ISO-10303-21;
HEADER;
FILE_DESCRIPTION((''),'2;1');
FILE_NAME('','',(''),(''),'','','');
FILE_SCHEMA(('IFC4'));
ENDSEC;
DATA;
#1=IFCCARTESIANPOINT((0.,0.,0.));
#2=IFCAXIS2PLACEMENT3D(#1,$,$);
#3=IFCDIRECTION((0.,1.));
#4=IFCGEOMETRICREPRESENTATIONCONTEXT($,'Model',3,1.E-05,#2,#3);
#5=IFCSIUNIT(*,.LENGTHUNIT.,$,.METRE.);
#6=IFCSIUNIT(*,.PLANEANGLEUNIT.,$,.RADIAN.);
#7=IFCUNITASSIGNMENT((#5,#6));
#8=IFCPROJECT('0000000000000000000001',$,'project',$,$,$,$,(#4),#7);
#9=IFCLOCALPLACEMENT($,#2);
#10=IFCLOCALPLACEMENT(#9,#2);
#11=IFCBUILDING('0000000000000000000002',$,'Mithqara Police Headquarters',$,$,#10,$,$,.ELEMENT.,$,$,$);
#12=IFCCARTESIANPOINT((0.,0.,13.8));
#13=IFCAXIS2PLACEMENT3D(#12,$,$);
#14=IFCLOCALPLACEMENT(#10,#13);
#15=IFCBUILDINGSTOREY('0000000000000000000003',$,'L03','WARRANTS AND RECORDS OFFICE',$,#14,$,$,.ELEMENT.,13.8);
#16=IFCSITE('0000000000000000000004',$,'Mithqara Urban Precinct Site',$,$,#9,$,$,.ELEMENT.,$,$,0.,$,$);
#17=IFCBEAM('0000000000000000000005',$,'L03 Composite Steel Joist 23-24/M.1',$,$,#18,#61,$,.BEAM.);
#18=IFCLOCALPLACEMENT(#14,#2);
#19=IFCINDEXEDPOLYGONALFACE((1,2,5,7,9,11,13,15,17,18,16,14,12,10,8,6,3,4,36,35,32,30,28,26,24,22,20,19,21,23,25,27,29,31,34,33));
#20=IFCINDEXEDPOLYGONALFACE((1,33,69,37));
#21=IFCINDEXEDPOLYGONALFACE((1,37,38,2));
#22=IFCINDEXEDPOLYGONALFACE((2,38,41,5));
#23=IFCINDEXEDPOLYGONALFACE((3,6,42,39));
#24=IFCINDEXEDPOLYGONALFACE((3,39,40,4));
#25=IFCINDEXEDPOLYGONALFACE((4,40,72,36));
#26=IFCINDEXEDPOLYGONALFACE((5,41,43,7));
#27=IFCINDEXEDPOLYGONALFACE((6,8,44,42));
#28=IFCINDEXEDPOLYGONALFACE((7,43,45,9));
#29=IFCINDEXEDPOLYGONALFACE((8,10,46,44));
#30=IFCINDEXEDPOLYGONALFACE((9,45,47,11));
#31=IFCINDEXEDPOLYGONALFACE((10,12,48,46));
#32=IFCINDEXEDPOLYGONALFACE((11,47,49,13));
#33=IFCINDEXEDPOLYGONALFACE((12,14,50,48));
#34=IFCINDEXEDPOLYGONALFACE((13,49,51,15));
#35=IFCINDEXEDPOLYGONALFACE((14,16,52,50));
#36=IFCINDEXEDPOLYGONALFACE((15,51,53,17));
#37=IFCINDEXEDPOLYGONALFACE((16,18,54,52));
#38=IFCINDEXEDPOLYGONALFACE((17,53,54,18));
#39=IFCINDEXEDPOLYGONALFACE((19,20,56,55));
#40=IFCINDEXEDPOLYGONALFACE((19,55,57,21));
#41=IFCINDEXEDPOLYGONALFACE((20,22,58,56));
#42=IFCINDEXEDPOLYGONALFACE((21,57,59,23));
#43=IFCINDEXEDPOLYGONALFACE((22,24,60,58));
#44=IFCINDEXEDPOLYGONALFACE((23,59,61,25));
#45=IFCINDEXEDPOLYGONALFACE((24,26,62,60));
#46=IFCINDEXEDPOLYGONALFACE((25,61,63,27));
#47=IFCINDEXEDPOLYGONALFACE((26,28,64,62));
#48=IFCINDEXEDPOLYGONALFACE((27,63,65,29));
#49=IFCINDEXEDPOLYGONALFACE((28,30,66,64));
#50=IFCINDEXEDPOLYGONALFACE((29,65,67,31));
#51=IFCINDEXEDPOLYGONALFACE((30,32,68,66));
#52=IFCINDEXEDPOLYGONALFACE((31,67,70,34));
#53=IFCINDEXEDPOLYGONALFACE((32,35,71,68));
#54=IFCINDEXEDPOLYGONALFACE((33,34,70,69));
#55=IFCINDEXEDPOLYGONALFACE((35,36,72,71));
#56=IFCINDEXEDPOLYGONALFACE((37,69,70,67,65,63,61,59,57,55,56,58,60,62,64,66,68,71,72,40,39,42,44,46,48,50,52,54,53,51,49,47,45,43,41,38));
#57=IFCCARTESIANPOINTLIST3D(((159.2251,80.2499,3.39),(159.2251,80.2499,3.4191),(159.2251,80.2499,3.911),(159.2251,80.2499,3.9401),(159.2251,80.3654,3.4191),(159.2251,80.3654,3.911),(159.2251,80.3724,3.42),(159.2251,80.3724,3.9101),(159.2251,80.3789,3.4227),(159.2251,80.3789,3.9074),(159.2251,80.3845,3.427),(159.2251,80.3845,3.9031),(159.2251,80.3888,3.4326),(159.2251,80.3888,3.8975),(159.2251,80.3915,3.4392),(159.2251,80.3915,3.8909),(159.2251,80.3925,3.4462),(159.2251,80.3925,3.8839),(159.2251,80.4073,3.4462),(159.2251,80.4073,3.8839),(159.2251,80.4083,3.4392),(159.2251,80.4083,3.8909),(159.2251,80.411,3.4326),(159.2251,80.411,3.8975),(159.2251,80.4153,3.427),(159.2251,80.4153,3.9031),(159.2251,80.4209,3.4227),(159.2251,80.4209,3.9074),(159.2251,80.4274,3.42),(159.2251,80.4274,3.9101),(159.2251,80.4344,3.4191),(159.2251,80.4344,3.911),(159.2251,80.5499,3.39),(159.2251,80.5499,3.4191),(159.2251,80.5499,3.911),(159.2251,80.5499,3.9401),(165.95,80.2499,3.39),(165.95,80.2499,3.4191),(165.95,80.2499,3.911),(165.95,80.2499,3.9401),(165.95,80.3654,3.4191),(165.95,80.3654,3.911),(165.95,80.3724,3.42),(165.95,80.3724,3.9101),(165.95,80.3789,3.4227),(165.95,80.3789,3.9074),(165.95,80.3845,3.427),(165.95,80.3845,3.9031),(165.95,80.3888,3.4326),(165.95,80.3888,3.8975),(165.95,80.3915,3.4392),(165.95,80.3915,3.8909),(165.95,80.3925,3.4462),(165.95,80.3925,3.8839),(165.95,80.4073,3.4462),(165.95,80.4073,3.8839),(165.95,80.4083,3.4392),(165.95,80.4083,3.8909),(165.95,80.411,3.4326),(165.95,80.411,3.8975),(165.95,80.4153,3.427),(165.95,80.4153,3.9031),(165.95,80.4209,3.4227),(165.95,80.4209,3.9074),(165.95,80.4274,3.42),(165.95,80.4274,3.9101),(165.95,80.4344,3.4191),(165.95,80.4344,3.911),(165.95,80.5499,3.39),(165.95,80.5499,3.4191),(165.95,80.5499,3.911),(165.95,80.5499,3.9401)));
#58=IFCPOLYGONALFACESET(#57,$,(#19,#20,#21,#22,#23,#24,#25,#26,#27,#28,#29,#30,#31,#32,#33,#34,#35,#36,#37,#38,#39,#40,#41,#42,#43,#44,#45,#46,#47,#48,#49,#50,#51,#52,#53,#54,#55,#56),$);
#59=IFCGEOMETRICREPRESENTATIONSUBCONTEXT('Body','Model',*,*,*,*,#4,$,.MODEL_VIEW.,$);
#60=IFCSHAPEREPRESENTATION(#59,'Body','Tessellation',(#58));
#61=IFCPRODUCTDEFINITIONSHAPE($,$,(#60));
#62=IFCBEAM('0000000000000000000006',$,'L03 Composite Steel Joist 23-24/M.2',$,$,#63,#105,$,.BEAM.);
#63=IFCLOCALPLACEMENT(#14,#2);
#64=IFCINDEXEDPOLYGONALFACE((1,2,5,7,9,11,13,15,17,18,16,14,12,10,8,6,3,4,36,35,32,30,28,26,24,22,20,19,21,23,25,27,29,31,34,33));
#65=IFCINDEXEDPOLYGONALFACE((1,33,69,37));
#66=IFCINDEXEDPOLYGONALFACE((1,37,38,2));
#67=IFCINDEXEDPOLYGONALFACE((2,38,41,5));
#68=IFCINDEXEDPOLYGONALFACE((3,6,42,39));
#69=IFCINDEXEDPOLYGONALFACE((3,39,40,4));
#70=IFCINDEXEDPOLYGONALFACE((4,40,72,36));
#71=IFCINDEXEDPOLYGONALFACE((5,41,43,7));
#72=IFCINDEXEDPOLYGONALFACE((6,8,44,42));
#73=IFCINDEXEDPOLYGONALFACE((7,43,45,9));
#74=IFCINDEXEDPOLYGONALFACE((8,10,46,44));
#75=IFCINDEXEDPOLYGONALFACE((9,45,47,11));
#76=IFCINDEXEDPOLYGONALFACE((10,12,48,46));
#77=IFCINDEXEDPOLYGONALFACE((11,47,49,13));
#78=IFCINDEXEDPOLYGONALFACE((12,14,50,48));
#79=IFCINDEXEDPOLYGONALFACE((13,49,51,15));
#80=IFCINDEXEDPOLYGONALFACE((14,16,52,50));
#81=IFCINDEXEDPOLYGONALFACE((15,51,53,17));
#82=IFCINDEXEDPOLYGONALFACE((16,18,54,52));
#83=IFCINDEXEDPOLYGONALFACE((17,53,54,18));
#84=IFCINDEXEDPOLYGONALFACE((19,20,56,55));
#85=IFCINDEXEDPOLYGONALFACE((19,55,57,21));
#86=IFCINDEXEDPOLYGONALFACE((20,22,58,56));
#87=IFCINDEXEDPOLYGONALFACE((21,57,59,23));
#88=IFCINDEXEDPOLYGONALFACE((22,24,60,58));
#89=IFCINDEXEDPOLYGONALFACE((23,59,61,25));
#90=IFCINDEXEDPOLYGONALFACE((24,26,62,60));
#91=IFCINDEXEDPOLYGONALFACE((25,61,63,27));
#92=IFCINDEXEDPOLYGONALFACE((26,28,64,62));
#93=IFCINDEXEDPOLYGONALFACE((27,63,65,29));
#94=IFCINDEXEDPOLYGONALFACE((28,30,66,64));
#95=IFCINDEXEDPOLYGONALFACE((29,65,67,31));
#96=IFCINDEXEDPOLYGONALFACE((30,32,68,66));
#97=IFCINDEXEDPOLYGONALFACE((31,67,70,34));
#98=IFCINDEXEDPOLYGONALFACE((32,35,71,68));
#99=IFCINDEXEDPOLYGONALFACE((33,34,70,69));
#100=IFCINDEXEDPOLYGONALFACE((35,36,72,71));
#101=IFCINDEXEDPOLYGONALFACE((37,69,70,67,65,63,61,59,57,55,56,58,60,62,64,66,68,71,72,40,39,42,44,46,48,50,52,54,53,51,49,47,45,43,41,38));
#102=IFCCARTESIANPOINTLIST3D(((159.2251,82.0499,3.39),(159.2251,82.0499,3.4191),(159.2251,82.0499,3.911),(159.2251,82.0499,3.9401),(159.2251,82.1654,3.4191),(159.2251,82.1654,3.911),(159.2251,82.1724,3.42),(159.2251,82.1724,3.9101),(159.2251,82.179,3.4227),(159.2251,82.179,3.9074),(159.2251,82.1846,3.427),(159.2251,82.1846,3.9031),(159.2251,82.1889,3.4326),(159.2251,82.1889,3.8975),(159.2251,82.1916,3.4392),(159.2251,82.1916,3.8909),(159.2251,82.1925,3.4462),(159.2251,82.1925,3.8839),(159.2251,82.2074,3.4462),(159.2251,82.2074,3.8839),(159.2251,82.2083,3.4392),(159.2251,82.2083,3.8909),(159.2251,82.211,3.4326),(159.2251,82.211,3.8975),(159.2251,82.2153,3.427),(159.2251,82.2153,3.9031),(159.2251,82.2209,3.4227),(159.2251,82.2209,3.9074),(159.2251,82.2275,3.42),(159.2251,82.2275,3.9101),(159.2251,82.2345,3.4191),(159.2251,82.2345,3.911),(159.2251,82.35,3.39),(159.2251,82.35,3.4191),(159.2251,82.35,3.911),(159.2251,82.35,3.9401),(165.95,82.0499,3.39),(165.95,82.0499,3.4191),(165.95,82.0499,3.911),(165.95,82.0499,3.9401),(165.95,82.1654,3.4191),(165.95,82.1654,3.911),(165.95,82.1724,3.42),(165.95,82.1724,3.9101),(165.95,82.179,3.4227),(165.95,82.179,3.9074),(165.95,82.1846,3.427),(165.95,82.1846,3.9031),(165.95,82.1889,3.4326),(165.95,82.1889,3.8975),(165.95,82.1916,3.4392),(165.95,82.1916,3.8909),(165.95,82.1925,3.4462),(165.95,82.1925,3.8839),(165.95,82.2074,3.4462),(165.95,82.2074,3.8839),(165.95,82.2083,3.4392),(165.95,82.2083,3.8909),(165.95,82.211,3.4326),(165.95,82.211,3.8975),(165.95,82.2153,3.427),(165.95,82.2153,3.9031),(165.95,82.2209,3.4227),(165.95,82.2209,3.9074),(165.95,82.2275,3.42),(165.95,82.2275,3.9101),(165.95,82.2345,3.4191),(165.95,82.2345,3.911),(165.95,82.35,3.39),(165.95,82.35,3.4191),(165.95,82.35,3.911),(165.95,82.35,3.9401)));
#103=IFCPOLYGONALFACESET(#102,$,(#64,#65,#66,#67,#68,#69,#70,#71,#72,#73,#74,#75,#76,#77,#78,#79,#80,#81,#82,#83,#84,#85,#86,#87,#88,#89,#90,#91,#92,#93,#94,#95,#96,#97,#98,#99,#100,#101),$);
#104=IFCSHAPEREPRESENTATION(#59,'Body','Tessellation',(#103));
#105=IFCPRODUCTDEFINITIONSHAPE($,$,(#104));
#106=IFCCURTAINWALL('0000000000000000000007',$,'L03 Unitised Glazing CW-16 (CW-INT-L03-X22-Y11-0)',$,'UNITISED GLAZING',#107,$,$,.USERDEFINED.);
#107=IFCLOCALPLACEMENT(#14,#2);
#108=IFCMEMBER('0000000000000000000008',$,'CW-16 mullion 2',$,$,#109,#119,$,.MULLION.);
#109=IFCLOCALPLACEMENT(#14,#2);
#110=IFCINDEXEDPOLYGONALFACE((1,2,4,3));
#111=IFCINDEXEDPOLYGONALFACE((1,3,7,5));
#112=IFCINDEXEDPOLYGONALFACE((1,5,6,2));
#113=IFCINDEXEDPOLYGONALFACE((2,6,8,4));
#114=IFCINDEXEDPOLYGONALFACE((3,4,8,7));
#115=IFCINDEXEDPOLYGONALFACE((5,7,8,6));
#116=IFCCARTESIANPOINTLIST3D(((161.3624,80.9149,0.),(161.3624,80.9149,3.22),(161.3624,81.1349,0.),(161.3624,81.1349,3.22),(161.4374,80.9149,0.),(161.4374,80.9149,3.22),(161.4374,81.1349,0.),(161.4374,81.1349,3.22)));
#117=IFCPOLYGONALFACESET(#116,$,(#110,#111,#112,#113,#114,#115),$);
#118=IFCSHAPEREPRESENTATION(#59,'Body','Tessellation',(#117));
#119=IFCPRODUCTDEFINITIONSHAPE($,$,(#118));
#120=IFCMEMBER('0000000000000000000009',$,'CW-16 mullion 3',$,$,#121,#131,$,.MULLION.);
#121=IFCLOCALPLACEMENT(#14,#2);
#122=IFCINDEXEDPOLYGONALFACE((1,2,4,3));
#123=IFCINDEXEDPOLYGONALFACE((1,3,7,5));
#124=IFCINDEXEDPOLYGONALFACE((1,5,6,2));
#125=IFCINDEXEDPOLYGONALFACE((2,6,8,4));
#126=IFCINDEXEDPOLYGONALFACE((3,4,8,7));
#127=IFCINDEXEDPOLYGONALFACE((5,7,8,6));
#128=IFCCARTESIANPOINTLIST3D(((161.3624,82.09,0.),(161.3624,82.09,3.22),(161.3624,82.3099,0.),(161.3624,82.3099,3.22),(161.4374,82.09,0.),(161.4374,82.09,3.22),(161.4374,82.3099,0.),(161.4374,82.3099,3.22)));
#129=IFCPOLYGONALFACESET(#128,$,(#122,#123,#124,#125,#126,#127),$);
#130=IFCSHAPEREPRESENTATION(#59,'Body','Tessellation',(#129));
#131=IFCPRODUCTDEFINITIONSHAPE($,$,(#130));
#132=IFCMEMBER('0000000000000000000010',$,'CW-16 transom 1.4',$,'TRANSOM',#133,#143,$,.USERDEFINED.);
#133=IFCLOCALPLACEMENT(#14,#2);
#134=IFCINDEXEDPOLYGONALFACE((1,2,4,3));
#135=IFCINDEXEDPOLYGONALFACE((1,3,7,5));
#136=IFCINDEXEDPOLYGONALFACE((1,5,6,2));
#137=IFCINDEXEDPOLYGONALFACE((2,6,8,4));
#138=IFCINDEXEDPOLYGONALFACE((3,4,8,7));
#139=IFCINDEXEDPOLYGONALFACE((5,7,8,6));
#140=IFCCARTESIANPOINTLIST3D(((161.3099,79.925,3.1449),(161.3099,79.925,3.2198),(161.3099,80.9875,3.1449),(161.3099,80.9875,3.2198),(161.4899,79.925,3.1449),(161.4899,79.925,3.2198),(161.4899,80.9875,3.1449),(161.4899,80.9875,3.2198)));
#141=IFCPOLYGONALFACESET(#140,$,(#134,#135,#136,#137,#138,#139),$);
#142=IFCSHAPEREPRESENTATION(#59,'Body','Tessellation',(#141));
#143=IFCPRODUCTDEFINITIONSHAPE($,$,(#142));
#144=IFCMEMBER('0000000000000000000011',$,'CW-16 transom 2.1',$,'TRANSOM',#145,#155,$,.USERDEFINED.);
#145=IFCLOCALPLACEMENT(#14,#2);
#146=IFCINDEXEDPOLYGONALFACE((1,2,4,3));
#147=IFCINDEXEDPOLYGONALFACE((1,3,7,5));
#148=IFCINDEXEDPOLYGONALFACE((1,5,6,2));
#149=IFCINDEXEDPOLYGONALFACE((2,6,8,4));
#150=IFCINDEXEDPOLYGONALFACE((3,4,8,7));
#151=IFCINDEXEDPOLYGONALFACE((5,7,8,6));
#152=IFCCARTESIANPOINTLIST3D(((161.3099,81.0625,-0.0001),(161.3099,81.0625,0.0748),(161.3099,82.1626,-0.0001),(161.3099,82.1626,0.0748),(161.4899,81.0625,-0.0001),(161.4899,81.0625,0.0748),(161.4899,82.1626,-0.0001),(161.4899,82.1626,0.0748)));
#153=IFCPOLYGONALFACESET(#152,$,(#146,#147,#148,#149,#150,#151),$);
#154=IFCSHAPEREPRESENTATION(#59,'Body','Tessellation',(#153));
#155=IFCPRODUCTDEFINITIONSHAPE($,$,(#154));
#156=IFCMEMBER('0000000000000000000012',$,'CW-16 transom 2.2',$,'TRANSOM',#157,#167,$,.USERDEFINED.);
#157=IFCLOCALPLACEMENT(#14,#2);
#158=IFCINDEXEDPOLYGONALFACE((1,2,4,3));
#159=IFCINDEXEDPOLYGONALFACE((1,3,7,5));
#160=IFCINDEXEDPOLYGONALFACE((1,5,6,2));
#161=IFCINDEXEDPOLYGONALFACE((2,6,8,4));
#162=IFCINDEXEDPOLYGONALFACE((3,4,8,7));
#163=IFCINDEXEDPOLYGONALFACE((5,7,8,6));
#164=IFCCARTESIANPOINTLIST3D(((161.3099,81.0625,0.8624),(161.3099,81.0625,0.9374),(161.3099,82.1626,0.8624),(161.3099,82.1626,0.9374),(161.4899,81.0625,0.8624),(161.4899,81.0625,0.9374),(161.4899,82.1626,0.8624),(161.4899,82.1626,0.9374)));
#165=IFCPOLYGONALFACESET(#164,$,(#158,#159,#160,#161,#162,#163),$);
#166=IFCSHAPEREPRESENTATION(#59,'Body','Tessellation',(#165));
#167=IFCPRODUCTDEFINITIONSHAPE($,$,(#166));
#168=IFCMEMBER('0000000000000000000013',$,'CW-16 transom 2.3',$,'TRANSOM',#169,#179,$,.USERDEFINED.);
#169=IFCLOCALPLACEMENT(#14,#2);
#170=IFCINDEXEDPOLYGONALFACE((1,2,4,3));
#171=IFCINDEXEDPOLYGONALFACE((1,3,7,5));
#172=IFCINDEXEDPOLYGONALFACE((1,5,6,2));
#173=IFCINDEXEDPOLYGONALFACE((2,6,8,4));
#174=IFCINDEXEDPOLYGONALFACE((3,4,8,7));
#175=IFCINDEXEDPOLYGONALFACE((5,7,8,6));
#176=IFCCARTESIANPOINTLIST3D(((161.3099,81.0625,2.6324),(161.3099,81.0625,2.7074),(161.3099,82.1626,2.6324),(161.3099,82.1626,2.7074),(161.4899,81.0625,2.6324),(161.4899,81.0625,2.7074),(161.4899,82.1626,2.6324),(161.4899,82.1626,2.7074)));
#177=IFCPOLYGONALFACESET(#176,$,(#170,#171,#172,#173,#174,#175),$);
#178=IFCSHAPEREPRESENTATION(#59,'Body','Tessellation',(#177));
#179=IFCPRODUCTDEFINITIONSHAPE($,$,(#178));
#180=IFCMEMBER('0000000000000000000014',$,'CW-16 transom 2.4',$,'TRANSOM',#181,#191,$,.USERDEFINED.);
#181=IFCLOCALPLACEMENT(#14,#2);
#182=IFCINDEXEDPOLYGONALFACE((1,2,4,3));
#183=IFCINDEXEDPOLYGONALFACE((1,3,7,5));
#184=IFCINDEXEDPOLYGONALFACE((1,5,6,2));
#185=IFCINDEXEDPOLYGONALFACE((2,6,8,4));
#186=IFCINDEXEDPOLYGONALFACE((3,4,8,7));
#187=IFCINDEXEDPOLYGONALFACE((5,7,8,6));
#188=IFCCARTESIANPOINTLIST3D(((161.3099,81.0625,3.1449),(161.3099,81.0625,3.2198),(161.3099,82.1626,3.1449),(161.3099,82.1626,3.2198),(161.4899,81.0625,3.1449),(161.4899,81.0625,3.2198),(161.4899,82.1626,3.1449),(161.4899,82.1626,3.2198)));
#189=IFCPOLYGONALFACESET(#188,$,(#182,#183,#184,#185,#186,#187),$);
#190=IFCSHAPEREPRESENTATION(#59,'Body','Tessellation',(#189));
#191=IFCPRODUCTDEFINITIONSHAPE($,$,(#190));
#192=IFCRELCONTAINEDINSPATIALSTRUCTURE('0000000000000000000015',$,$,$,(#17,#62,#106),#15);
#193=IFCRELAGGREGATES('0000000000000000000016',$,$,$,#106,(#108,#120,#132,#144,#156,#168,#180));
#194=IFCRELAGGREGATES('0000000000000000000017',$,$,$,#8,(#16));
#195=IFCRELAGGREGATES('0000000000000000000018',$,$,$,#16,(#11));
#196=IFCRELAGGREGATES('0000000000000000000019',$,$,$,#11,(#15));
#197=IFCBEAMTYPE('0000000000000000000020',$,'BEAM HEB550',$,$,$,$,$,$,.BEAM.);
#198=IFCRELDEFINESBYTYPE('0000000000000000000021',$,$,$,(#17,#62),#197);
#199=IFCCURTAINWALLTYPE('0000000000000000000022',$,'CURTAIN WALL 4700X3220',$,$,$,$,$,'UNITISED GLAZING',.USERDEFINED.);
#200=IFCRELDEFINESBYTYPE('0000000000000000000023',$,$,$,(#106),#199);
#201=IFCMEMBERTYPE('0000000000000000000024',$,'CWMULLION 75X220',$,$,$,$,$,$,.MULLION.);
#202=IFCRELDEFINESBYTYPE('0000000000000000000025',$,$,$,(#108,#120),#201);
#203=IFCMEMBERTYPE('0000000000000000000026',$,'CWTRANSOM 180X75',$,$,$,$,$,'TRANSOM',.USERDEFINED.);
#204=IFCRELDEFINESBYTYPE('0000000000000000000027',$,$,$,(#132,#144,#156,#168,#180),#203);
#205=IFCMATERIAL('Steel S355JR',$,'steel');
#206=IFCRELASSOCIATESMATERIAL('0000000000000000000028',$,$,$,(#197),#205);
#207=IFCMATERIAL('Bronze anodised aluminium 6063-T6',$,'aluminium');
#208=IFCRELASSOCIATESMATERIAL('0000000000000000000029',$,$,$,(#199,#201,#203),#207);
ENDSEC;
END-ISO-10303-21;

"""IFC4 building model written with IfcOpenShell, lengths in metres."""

from ifc_helpers import new_model, si_unit, direction, frame, origin, origin_2d, place, context, subcontext, project, spatial, rectangle, i_section, extrude, material, material_profile, profile_set, type_object, element, aggregate, save


model = new_model("IFC4")

# Units and contexts
model_context = context("Model", 3, precision=1e-05, world=origin(), true_north=direction((0.0, 1.0)))
body_context = subcontext(model_context, "Body", "Model", "MODEL_VIEW")
ifc_project = project(units=[si_unit("LENGTHUNIT", "METRE"), si_unit("PLANEANGLEUNIT", "RADIAN")], contexts=[model_context])

# Site, building, storey
site_placement = place(None, origin())
site = spatial("IfcSite", under=ifc_project, at=site_placement, Name="Mithqara Urban Precinct Site", CompositionType="ELEMENT", RefElevation=0.0)
building_placement = place(site_placement, origin())
building = spatial("IfcBuilding", under=site, at=building_placement, Name="Mithqara Police Headquarters", CompositionType="ELEMENT")
storey_placement = place(building_placement, frame((0.0, 0.0, 13.8)))
storey = spatial("IfcBuildingStorey", under=building, at=storey_placement, Name="L03", Description="WARRANTS AND RECORDS OFFICE", CompositionType="ELEMENT", Elevation=13.8)

# Beams
ifc_material_1 = material(Name="Steel S355JR", Category="steel")
ifc_material_profile_1 = material_profile(ifc_material_1, i_section(OverallWidth=0.3, OverallDepth=0.55, WebThickness=0.0149, FlangeThickness=0.0291, FilletRadius=0.0271, at=origin_2d()), Name="HEB 550")
ifc_profile_set_1 = profile_set([ifc_material_profile_1], Name="Steel S355JR")
beam_type = type_object("IfcBeamType", Name="BEAM HEB550", PredefinedType="BEAM", material=ifc_profile_set_1)
for number, where, z_axis, x_axis, name in (
    (1, (159.2251, 80.3999, 3.665), (1.0, 0.0, 0.0), (0.0, 1.0, 0.0), "L03 Composite Steel Joist 23-24/M.1"),
    (2, (159.2251, 82.2, 3.665), (1.0, 0.0, 0.0), (0.0, 1.0, 0.0), "L03 Composite Steel Joist 23-24/M.2"),
):
    element("IfcBeam", number, at=place(storey_placement, frame(where, z_axis=z_axis, x_axis=x_axis)), inside=storey, type_object=beam_type, Name=name, PredefinedType="BEAM", context=body_context, shape_type="SweptSolid", body=[
        extrude(i_section(OverallWidth=0.3, OverallDepth=0.55, WebThickness=0.0149, FlangeThickness=0.0291, FilletRadius=0.0271, at=origin_2d()), origin(), (0.0, 0.0, 1.0), 6.7249),
    ])

# Curtain wall, members
ifc_material_2 = material(Name="Bronze anodised aluminium 6063-T6", Category="aluminium")
curtain_wall_type = type_object("IfcCurtainWallType", Name="CURTAIN WALL 4700X3220", ElementType="UNITISED GLAZING", PredefinedType="USERDEFINED", material=ifc_material_2)
curtain_wall_placement = place(storey_placement, origin())
curtain_wall = element("IfcCurtainWall", 3, at=curtain_wall_placement, inside=storey, type_object=curtain_wall_type, Name="L03 Unitised Glazing CW-16 (CW-INT-L03-X22-Y11-0)", ObjectType="UNITISED GLAZING", PredefinedType="USERDEFINED")
ifc_material_profile_2 = material_profile(ifc_material_2, rectangle(XDim=0.075, YDim=0.22, at=origin_2d()), Name="CWM 75x220")
ifc_profile_set_2 = profile_set([ifc_material_profile_2], Name="Bronze anodised aluminium 6063-T6")
member_type_1 = type_object("IfcMemberType", Name="CWMULLION 75X220", PredefinedType="MULLION", material=ifc_profile_set_2)
member_1_placement = place(storey_placement, frame((161.3999, 81.0249, 0.0), z_axis=(0.0, 0.0, 1.0), x_axis=(-1.0, 0.0, 0.0)))
member_1 = element("IfcMember", 4, at=member_1_placement, type_object=member_type_1, Name="CW-16 mullion 2", PredefinedType="MULLION", context=body_context, shape_type="SweptSolid", body=[
    extrude(rectangle(XDim=0.075, YDim=0.22, at=origin_2d()), origin(), (0.0, 0.0, 1.0), 3.22),
])
member_2_placement = place(storey_placement, frame((161.3999, 82.2, 0.0), z_axis=(0.0, 0.0, 1.0), x_axis=(-1.0, 0.0, 0.0)))
member_2 = element("IfcMember", 5, at=member_2_placement, type_object=member_type_1, Name="CW-16 mullion 3", PredefinedType="MULLION", context=body_context, shape_type="SweptSolid", body=[
    extrude(rectangle(XDim=0.075, YDim=0.22, at=origin_2d()), origin(), (0.0, 0.0, 1.0), 3.22),
])
ifc_material_profile_3 = material_profile(ifc_material_2, rectangle(XDim=0.1799, YDim=0.075, at=origin_2d()), Name="CWT 180x75")
ifc_profile_set_3 = profile_set([ifc_material_profile_3], Name="Bronze anodised aluminium 6063-T6")
member_type_2 = type_object("IfcMemberType", Name="CWTRANSOM 180X75", ElementType="TRANSOM", PredefinedType="USERDEFINED", material=ifc_profile_set_3)
member_3_placement = place(storey_placement, frame((161.3999, 79.925, 3.1824), z_axis=(0.0, 1.0, 0.0), x_axis=(-1.0, 0.0, 0.0)))
member_3 = element("IfcMember", 6, at=member_3_placement, type_object=member_type_2, Name="CW-16 transom 1.4", ObjectType="TRANSOM", PredefinedType="USERDEFINED", context=body_context, shape_type="SweptSolid", body=[
    extrude(rectangle(XDim=0.1799, YDim=0.075, at=origin_2d()), origin(), (0.0, 0.0, 1.0), 1.0625),
])
member_4_placement = place(storey_placement, frame((161.3999, 81.0625, 0.0374), z_axis=(0.0, 1.0, 0.0), x_axis=(-1.0, 0.0, 0.0)))
member_4 = element("IfcMember", 7, at=member_4_placement, type_object=member_type_2, Name="CW-16 transom 2.1", ObjectType="TRANSOM", PredefinedType="USERDEFINED", context=body_context, shape_type="SweptSolid", body=[
    extrude(rectangle(XDim=0.1799, YDim=0.075, at=origin_2d()), origin(), (0.0, 0.0, 1.0), 1.1001),
])
member_5_placement = place(storey_placement, frame((161.3999, 81.0625, 0.8999), z_axis=(0.0, 1.0, 0.0), x_axis=(-1.0, 0.0, 0.0)))
member_5 = element("IfcMember", 8, at=member_5_placement, type_object=member_type_2, Name="CW-16 transom 2.2", ObjectType="TRANSOM", PredefinedType="USERDEFINED", context=body_context, shape_type="SweptSolid", body=[
    extrude(rectangle(XDim=0.1799, YDim=0.075, at=origin_2d()), origin(), (0.0, 0.0, 1.0), 1.1001),
])
member_6_placement = place(storey_placement, frame((161.3999, 81.0625, 2.6699), z_axis=(0.0, 1.0, 0.0), x_axis=(-1.0, 0.0, 0.0)))
member_6 = element("IfcMember", 9, at=member_6_placement, type_object=member_type_2, Name="CW-16 transom 2.3", ObjectType="TRANSOM", PredefinedType="USERDEFINED", context=body_context, shape_type="SweptSolid", body=[
    extrude(rectangle(XDim=0.1799, YDim=0.075, at=origin_2d()), origin(), (0.0, 0.0, 1.0), 1.1001),
])
member_7_placement = place(storey_placement, frame((161.3999, 81.0625, 3.1824), z_axis=(0.0, 1.0, 0.0), x_axis=(-1.0, 0.0, 0.0)))
member_7 = element("IfcMember", 10, at=member_7_placement, type_object=member_type_2, Name="CW-16 transom 2.4", ObjectType="TRANSOM", PredefinedType="USERDEFINED", context=body_context, shape_type="SweptSolid", body=[
    extrude(rectangle(XDim=0.1799, YDim=0.075, at=origin_2d()), origin(), (0.0, 0.0, 1.0), 1.1001),
])
aggregate(curtain_wall, [member_1, member_2, member_3, member_4, member_5, member_6, member_7])

save(model, "model.ifc")
